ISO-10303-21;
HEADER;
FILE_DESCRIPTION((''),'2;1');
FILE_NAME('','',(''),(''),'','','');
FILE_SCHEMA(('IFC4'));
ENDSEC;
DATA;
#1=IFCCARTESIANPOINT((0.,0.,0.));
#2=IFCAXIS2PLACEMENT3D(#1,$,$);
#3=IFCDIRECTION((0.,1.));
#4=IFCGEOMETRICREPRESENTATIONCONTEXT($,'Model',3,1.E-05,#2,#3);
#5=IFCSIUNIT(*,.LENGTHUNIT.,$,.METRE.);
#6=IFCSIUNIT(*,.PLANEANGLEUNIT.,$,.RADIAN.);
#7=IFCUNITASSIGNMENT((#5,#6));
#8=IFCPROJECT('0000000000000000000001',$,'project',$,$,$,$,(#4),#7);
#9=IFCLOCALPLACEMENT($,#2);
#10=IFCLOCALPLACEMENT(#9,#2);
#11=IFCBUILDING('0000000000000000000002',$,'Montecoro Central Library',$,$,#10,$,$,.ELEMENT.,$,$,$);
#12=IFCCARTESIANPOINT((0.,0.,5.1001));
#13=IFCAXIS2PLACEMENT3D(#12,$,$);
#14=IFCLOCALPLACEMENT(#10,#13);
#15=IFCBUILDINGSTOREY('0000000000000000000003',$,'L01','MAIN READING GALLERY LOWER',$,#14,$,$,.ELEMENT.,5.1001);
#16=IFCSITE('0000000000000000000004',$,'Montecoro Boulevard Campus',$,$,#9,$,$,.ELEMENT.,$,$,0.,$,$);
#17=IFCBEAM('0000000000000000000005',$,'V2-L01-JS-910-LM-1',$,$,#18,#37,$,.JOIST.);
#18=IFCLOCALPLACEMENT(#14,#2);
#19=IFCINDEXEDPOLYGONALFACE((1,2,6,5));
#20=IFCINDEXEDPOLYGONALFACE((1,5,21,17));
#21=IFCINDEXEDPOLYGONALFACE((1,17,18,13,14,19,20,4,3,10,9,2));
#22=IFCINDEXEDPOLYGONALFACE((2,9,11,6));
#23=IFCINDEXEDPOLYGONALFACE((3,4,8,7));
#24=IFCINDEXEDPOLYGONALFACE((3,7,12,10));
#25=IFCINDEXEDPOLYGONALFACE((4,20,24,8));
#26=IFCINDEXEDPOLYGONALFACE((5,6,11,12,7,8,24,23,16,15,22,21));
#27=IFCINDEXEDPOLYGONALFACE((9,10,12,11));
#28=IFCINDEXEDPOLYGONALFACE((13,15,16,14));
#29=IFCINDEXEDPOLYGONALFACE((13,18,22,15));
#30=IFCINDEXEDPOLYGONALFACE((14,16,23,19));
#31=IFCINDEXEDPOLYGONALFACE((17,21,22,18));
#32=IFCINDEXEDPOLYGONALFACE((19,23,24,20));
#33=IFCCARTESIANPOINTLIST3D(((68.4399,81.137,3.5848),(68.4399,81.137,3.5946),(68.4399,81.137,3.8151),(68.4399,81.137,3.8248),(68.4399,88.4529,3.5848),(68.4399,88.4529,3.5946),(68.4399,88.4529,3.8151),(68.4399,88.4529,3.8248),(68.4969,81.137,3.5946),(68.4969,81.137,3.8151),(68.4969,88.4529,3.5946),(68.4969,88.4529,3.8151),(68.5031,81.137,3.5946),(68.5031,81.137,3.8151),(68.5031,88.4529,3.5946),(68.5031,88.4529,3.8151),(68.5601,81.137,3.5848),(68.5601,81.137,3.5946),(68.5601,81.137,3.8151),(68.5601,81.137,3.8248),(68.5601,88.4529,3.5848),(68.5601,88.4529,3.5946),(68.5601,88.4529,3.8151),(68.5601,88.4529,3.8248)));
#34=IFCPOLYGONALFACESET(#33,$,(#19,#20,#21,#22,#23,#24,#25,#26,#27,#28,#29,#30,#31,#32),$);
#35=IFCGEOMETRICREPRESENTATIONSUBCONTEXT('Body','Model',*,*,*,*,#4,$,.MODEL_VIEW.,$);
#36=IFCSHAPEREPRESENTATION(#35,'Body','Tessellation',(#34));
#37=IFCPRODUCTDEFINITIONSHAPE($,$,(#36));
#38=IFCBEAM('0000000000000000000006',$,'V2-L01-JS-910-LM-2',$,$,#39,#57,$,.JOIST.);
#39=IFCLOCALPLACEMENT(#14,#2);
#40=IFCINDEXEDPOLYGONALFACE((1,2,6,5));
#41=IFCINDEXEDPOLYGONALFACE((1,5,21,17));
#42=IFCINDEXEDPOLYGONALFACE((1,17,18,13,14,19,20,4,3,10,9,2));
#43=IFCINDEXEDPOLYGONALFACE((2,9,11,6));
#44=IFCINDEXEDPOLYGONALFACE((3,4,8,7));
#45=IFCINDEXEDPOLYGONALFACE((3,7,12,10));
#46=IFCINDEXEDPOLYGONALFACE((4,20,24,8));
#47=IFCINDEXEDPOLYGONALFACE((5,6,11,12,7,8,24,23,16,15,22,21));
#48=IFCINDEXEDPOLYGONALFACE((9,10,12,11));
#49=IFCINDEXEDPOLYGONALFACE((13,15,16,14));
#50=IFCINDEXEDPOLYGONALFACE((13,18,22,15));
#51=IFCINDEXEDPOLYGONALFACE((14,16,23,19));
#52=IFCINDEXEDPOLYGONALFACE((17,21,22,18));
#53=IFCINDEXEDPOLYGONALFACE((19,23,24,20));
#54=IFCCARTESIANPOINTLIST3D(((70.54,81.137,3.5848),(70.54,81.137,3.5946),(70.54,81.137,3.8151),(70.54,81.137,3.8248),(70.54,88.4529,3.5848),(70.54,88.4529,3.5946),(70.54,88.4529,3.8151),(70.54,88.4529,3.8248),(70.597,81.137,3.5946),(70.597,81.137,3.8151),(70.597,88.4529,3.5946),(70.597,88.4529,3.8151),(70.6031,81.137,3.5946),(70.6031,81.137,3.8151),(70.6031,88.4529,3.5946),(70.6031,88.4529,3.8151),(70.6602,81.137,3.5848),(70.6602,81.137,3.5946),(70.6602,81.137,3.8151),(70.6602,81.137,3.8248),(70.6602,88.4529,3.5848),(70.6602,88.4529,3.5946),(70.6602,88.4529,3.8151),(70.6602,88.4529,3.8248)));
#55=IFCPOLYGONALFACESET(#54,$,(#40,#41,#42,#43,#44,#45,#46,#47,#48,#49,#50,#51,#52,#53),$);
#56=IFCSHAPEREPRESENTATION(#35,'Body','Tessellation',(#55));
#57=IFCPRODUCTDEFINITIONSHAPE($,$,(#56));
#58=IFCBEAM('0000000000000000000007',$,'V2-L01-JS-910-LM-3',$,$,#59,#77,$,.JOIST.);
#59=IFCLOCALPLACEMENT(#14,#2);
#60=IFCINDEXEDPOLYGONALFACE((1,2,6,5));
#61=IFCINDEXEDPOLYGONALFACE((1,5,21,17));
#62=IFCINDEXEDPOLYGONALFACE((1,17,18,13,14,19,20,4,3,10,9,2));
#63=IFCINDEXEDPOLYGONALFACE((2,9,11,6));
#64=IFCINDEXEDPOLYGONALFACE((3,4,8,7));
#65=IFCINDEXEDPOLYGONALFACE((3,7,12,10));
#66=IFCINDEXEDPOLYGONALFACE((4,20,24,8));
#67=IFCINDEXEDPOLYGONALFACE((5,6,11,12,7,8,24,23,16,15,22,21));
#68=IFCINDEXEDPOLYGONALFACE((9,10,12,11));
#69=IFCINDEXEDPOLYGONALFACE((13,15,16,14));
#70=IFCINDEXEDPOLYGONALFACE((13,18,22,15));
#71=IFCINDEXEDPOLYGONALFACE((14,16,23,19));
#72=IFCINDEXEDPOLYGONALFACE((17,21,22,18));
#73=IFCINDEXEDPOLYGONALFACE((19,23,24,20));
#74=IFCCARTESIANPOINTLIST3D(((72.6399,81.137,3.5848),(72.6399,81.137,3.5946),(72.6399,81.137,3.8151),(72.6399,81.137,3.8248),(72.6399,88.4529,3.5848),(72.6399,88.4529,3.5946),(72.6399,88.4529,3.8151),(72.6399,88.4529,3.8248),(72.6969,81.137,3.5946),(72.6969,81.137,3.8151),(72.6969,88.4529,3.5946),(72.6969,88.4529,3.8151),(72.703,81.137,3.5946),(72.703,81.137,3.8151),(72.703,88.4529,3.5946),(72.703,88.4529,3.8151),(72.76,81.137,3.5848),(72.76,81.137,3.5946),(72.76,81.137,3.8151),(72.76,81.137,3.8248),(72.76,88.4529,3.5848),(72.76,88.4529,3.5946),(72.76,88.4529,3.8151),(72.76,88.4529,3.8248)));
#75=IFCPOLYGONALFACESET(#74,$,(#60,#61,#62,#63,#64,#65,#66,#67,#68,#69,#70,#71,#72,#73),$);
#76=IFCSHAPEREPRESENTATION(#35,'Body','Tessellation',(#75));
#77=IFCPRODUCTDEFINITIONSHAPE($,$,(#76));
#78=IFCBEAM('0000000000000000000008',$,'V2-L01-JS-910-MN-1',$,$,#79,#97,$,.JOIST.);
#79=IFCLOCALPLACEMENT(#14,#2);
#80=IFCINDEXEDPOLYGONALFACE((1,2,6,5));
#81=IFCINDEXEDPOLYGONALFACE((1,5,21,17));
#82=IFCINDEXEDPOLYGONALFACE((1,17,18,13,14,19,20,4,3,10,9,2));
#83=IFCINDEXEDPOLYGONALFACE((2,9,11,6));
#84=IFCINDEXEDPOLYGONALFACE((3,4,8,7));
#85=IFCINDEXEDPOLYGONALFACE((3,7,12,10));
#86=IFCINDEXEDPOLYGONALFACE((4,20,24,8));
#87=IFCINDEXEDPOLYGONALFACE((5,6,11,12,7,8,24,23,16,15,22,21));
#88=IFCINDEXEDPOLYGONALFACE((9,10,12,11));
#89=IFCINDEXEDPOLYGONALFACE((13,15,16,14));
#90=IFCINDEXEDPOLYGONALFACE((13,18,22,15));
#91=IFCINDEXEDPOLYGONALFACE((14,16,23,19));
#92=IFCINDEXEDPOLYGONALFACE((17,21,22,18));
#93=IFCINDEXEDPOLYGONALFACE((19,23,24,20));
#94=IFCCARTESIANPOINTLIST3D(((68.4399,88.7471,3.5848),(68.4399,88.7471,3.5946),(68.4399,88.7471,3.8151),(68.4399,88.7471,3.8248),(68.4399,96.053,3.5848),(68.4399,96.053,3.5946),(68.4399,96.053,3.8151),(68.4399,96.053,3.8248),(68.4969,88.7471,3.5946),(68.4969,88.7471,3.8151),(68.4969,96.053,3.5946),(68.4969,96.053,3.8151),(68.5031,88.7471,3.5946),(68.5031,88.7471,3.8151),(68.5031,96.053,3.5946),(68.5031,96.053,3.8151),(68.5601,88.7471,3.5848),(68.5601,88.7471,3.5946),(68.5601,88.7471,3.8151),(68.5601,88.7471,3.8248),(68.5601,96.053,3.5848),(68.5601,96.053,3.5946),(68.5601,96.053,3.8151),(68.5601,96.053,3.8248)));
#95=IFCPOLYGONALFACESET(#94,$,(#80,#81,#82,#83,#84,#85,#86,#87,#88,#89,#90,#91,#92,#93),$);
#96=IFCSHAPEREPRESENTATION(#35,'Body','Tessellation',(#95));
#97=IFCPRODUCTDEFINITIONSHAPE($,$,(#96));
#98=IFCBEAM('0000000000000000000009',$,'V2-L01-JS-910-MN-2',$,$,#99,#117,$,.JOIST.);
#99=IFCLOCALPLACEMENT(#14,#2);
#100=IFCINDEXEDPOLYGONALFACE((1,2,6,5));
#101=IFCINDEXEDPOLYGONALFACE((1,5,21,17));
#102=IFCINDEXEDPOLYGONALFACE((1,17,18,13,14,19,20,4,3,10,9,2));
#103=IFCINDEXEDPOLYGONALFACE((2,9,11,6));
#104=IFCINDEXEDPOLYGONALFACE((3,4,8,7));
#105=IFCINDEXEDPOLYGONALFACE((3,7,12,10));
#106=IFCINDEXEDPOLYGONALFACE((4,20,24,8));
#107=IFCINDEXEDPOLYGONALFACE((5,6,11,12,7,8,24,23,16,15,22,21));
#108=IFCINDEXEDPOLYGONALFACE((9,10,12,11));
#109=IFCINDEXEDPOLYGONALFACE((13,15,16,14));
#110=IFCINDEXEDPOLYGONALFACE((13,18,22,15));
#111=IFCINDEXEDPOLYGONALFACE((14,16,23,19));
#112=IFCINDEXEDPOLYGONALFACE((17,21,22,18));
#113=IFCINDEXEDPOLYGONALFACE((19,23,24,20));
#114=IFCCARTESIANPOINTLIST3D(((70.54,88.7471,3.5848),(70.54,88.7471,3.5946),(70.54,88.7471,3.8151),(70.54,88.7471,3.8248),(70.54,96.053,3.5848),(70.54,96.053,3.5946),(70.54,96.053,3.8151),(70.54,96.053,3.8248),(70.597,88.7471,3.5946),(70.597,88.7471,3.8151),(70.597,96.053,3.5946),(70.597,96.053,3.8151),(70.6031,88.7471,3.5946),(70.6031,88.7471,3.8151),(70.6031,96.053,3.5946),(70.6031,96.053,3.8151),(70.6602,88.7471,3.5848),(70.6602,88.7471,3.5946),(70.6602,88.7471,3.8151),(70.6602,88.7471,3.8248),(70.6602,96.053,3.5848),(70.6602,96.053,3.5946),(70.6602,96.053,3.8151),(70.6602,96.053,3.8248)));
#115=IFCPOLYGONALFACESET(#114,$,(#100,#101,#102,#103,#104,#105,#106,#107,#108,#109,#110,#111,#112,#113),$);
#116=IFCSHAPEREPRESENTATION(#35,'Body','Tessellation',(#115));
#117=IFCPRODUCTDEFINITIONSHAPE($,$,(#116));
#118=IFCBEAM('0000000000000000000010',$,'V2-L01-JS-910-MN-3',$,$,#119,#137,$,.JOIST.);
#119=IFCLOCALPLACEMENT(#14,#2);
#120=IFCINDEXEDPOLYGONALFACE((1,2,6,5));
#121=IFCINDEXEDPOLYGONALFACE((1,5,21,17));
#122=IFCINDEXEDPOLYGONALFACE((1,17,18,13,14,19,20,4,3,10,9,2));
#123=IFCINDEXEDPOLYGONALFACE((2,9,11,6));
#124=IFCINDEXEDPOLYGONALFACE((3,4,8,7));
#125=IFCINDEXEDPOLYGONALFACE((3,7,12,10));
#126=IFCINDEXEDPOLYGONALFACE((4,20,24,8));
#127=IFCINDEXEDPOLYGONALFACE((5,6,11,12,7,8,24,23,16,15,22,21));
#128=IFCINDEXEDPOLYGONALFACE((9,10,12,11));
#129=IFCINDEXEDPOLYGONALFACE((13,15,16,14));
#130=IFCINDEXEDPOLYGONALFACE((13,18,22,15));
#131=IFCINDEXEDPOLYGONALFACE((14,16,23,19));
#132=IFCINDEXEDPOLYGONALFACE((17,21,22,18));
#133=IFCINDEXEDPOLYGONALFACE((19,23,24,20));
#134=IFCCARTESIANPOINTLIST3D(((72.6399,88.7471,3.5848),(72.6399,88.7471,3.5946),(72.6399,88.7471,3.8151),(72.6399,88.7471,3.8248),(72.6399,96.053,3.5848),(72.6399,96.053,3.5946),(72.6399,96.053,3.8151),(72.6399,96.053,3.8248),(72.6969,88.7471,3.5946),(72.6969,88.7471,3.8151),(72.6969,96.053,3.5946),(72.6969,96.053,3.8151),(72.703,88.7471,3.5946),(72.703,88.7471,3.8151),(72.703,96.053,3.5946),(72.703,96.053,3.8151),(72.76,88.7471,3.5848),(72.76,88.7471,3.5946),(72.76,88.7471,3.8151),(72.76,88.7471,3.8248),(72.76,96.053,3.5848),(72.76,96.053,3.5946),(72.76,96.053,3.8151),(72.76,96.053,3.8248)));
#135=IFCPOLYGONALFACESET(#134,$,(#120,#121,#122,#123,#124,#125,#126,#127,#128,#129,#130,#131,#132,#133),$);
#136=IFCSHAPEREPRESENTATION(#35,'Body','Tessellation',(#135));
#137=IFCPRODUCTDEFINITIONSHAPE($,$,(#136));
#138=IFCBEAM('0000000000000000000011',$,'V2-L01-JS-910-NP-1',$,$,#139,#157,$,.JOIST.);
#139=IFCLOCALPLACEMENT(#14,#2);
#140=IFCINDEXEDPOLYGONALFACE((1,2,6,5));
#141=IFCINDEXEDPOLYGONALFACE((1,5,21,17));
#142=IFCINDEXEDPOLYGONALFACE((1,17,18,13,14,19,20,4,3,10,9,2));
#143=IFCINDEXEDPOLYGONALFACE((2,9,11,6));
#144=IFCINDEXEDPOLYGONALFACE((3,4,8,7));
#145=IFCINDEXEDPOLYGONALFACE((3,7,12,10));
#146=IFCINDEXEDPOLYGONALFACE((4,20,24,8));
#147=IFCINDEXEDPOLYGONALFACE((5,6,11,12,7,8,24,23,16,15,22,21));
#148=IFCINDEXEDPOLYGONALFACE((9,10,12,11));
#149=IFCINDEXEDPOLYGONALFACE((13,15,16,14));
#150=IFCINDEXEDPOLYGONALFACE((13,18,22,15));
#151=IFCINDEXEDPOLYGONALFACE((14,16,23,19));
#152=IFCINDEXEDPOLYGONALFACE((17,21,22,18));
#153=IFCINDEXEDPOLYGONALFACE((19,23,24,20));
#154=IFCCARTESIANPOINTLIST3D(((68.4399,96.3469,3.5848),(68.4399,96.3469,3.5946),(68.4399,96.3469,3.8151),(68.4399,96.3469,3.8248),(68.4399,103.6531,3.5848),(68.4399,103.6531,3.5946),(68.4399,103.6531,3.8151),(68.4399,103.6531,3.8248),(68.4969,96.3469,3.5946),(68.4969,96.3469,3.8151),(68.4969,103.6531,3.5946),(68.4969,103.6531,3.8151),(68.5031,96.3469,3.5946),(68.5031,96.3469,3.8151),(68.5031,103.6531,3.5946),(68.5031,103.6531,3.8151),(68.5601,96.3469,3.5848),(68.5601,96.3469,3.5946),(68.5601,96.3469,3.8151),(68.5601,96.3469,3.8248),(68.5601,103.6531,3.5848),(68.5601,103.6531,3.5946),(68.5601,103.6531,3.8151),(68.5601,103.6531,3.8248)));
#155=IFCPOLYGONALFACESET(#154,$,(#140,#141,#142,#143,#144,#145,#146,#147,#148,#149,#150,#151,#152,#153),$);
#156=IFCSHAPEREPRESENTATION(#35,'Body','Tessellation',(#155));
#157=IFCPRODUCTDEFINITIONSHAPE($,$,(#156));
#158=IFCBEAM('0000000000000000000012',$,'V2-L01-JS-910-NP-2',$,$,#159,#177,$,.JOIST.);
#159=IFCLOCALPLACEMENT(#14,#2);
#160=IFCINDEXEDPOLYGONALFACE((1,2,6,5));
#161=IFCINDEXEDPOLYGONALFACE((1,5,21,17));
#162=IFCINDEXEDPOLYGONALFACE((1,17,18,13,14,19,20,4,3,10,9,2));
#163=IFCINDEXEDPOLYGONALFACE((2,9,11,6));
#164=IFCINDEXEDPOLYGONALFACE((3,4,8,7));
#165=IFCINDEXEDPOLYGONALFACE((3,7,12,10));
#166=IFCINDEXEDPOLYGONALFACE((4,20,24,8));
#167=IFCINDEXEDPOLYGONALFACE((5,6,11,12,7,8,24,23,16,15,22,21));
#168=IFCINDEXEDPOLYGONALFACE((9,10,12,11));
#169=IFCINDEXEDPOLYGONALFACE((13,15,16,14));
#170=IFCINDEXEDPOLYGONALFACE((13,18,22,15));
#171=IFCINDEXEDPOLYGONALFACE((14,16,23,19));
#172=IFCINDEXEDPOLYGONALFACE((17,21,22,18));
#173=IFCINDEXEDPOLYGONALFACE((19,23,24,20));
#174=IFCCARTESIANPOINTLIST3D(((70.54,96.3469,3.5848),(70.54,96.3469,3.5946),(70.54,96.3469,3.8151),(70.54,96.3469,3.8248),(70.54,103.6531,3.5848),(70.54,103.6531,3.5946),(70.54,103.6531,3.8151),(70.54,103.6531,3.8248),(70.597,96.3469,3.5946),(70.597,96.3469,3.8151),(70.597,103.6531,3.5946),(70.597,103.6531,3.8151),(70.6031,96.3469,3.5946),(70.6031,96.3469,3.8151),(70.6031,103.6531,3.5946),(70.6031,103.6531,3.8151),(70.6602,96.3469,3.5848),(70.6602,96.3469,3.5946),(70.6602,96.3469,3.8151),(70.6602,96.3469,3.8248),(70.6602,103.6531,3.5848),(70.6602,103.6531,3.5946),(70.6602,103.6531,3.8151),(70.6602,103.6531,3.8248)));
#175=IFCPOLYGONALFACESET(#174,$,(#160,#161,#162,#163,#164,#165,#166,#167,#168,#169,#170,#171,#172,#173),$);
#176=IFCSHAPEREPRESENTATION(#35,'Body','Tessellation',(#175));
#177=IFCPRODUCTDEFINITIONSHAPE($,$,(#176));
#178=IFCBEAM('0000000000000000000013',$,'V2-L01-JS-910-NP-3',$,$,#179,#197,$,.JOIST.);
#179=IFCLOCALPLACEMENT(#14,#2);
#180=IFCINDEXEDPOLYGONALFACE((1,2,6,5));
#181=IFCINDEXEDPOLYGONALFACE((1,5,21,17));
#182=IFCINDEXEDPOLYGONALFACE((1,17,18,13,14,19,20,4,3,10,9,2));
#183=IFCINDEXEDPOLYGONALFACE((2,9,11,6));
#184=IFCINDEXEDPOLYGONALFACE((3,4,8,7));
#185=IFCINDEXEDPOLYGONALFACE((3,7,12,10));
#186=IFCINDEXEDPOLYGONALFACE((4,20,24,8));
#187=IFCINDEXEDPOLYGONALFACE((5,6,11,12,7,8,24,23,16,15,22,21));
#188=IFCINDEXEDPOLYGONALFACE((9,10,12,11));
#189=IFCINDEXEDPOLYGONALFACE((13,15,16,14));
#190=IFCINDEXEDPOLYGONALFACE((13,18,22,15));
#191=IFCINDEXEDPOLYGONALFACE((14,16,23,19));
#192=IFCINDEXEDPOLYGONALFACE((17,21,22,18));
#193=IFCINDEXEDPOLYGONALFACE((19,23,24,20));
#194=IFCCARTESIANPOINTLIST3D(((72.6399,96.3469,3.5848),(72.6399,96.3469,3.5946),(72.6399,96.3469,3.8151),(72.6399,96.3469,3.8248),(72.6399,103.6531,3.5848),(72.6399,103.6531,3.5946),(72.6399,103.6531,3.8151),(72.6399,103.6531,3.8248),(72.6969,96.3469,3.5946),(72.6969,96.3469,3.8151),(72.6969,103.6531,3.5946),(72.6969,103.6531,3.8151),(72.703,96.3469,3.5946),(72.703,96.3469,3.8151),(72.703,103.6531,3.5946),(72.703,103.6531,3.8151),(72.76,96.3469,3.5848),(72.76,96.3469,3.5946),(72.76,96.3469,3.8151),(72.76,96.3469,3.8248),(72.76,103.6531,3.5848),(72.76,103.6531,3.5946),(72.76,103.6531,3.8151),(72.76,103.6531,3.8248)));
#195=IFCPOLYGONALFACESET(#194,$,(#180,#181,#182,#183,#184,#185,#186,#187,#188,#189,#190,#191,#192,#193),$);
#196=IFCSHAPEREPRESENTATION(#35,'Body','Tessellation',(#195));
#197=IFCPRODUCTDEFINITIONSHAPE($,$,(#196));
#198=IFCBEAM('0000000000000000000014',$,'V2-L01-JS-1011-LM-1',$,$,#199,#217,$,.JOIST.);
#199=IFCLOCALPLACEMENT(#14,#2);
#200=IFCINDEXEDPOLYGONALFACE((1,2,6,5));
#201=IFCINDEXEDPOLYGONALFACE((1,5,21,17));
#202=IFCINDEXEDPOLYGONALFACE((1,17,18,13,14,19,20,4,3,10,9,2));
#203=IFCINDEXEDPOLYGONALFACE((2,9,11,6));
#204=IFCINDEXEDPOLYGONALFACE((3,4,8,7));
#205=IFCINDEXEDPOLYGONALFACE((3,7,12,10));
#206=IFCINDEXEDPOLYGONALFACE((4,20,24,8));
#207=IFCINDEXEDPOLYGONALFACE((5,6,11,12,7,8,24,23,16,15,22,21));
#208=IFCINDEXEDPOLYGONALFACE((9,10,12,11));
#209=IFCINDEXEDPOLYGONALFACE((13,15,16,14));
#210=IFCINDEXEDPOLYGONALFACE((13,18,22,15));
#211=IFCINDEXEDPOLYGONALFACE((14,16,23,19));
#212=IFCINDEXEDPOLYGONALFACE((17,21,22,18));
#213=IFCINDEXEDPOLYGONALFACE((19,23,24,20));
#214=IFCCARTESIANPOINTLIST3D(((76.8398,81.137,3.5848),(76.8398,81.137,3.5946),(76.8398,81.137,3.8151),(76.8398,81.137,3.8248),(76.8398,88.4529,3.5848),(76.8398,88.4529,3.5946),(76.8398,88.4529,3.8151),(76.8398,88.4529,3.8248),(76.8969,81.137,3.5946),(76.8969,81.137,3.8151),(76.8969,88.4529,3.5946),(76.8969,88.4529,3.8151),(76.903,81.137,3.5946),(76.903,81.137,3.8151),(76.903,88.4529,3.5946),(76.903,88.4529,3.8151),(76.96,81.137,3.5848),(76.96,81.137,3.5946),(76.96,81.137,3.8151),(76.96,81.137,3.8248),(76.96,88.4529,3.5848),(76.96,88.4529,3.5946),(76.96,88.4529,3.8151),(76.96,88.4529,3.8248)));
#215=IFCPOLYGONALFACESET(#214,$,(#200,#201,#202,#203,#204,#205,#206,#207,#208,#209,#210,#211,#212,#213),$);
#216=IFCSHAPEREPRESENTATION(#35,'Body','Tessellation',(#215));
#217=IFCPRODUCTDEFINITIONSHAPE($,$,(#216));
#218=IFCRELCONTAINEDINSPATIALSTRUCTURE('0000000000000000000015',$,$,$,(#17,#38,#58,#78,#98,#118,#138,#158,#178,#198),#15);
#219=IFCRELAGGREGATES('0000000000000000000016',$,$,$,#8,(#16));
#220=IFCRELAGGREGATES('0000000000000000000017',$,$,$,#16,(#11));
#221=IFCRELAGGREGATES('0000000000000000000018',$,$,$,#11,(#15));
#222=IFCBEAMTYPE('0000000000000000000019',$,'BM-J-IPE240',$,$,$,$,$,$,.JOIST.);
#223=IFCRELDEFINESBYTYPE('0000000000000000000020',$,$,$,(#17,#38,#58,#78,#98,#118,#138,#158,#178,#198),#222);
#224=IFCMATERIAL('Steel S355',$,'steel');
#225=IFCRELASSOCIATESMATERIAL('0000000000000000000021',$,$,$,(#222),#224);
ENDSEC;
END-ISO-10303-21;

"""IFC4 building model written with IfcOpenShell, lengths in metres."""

from ifc_helpers import new_model, si_unit, direction, frame, origin, origin_2d, place, context, subcontext, project, spatial, i_section, extrude, material, material_profile, profile_set, type_object, element, save


model = new_model("IFC4")

# Units and contexts
model_context = context("Model", 3, precision=1e-05, world=origin(), true_north=direction((0.0, 1.0)))
body_context = subcontext(model_context, "Body", "Model", "MODEL_VIEW")
ifc_project = project(units=[si_unit("LENGTHUNIT", "METRE"), si_unit("PLANEANGLEUNIT", "RADIAN")], contexts=[model_context])

# Site, building, storey
site_placement = place(None, origin())
site = spatial("IfcSite", under=ifc_project, at=site_placement, Name="Montecoro Boulevard Campus", CompositionType="ELEMENT", RefElevation=0.0)
building_placement = place(site_placement, origin())
building = spatial("IfcBuilding", under=site, at=building_placement, Name="Montecoro Central Library", CompositionType="ELEMENT")
storey_placement = place(building_placement, frame((0.0, 0.0, 5.1001)))
storey = spatial("IfcBuildingStorey", under=building, at=storey_placement, Name="L01", Description="MAIN READING GALLERY LOWER", CompositionType="ELEMENT", Elevation=5.1001)

# Beams
ifc_material_1 = material(Name="Steel S355", Category="steel")
ifc_material_profile_1 = material_profile(ifc_material_1, i_section(OverallWidth=0.1201, OverallDepth=0.24, WebThickness=0.0061, FlangeThickness=0.0098, at=origin_2d()), Name="IPE 240")
ifc_profile_set_1 = profile_set([ifc_material_profile_1], Name="Steel S355")
beam_type_1 = type_object("IfcBeamType", Name="BM-J-IPE240", PredefinedType="JOIST", material=ifc_profile_set_1)
for number, where, z_axis, x_axis, name in (
    (1, (68.5, 81.137, 3.7048), (0.0, 1.0, 0.0), (-1.0, 0.0, 0.0), "V2-L01-JS-910-LM-1"),
    (2, (70.6001, 81.137, 3.7048), (0.0, 1.0, 0.0), (-1.0, 0.0, 0.0), "V2-L01-JS-910-LM-2"),
    (3, (72.7, 81.137, 3.7048), (0.0, 1.0, 0.0), (-1.0, 0.0, 0.0), "V2-L01-JS-910-LM-3"),
):
    element("IfcBeam", number, at=place(storey_placement, frame(where, z_axis=z_axis, x_axis=x_axis)), inside=storey, type_object=beam_type_1, Name=name, PredefinedType="JOIST", context=body_context, shape_type="SweptSolid", body=[
        extrude(i_section(OverallWidth=0.1201, OverallDepth=0.24, WebThickness=0.0061, FlangeThickness=0.0098, at=origin_2d()), origin(), (0.0, 0.0, 1.0), 7.3159),
    ])
for number, where, z_axis, x_axis, name in (
    (4, (68.5, 88.7471, 3.7048), (0.0, 1.0, 0.0), (-1.0, 0.0, 0.0), "V2-L01-JS-910-MN-1"),
    (5, (70.6001, 88.7471, 3.7048), (0.0, 1.0, 0.0), (-1.0, 0.0, 0.0), "V2-L01-JS-910-MN-2"),
    (6, (72.7, 88.7471, 3.7048), (0.0, 1.0, 0.0), (-1.0, 0.0, 0.0), "V2-L01-JS-910-MN-3"),
):
    element("IfcBeam", number, at=place(storey_placement, frame(where, z_axis=z_axis, x_axis=x_axis)), inside=storey, type_object=beam_type_1, Name=name, PredefinedType="JOIST", context=body_context, shape_type="SweptSolid", body=[
        extrude(i_section(OverallWidth=0.1201, OverallDepth=0.24, WebThickness=0.0061, FlangeThickness=0.0098, at=origin_2d()), origin(), (0.0, 0.0, 1.0), 7.3059),
    ])
for number, where, z_axis, x_axis, name in (
    (7, (68.5, 96.3469, 3.7048), (0.0, 1.0, 0.0), (-1.0, 0.0, 0.0), "V2-L01-JS-910-NP-1"),
    (8, (70.6001, 96.3469, 3.7048), (0.0, 1.0, 0.0), (-1.0, 0.0, 0.0), "V2-L01-JS-910-NP-2"),
    (9, (72.7, 96.3469, 3.7048), (0.0, 1.0, 0.0), (-1.0, 0.0, 0.0), "V2-L01-JS-910-NP-3"),
):
    element("IfcBeam", number, at=place(storey_placement, frame(where, z_axis=z_axis, x_axis=x_axis)), inside=storey, type_object=beam_type_1, Name=name, PredefinedType="JOIST", context=body_context, shape_type="SweptSolid", body=[
        extrude(i_section(OverallWidth=0.1201, OverallDepth=0.24, WebThickness=0.0061, FlangeThickness=0.0098, at=origin_2d()), origin(), (0.0, 0.0, 1.0), 7.3062),
    ])
beam_1_placement = place(storey_placement, frame((76.8999, 81.137, 3.7048), z_axis=(0.0, 1.0, 0.0), x_axis=(-1.0, 0.0, 0.0)))
element("IfcBeam", 10, at=beam_1_placement, inside=storey, type_object=beam_type_1, Name="V2-L01-JS-1011-LM-1", PredefinedType="JOIST", context=body_context, shape_type="SweptSolid", body=[
    extrude(i_section(OverallWidth=0.1201, OverallDepth=0.24, WebThickness=0.0061, FlangeThickness=0.0098, at=origin_2d()), origin(), (0.0, 0.0, 1.0), 7.3159),
])

save(model, "model.ifc")
